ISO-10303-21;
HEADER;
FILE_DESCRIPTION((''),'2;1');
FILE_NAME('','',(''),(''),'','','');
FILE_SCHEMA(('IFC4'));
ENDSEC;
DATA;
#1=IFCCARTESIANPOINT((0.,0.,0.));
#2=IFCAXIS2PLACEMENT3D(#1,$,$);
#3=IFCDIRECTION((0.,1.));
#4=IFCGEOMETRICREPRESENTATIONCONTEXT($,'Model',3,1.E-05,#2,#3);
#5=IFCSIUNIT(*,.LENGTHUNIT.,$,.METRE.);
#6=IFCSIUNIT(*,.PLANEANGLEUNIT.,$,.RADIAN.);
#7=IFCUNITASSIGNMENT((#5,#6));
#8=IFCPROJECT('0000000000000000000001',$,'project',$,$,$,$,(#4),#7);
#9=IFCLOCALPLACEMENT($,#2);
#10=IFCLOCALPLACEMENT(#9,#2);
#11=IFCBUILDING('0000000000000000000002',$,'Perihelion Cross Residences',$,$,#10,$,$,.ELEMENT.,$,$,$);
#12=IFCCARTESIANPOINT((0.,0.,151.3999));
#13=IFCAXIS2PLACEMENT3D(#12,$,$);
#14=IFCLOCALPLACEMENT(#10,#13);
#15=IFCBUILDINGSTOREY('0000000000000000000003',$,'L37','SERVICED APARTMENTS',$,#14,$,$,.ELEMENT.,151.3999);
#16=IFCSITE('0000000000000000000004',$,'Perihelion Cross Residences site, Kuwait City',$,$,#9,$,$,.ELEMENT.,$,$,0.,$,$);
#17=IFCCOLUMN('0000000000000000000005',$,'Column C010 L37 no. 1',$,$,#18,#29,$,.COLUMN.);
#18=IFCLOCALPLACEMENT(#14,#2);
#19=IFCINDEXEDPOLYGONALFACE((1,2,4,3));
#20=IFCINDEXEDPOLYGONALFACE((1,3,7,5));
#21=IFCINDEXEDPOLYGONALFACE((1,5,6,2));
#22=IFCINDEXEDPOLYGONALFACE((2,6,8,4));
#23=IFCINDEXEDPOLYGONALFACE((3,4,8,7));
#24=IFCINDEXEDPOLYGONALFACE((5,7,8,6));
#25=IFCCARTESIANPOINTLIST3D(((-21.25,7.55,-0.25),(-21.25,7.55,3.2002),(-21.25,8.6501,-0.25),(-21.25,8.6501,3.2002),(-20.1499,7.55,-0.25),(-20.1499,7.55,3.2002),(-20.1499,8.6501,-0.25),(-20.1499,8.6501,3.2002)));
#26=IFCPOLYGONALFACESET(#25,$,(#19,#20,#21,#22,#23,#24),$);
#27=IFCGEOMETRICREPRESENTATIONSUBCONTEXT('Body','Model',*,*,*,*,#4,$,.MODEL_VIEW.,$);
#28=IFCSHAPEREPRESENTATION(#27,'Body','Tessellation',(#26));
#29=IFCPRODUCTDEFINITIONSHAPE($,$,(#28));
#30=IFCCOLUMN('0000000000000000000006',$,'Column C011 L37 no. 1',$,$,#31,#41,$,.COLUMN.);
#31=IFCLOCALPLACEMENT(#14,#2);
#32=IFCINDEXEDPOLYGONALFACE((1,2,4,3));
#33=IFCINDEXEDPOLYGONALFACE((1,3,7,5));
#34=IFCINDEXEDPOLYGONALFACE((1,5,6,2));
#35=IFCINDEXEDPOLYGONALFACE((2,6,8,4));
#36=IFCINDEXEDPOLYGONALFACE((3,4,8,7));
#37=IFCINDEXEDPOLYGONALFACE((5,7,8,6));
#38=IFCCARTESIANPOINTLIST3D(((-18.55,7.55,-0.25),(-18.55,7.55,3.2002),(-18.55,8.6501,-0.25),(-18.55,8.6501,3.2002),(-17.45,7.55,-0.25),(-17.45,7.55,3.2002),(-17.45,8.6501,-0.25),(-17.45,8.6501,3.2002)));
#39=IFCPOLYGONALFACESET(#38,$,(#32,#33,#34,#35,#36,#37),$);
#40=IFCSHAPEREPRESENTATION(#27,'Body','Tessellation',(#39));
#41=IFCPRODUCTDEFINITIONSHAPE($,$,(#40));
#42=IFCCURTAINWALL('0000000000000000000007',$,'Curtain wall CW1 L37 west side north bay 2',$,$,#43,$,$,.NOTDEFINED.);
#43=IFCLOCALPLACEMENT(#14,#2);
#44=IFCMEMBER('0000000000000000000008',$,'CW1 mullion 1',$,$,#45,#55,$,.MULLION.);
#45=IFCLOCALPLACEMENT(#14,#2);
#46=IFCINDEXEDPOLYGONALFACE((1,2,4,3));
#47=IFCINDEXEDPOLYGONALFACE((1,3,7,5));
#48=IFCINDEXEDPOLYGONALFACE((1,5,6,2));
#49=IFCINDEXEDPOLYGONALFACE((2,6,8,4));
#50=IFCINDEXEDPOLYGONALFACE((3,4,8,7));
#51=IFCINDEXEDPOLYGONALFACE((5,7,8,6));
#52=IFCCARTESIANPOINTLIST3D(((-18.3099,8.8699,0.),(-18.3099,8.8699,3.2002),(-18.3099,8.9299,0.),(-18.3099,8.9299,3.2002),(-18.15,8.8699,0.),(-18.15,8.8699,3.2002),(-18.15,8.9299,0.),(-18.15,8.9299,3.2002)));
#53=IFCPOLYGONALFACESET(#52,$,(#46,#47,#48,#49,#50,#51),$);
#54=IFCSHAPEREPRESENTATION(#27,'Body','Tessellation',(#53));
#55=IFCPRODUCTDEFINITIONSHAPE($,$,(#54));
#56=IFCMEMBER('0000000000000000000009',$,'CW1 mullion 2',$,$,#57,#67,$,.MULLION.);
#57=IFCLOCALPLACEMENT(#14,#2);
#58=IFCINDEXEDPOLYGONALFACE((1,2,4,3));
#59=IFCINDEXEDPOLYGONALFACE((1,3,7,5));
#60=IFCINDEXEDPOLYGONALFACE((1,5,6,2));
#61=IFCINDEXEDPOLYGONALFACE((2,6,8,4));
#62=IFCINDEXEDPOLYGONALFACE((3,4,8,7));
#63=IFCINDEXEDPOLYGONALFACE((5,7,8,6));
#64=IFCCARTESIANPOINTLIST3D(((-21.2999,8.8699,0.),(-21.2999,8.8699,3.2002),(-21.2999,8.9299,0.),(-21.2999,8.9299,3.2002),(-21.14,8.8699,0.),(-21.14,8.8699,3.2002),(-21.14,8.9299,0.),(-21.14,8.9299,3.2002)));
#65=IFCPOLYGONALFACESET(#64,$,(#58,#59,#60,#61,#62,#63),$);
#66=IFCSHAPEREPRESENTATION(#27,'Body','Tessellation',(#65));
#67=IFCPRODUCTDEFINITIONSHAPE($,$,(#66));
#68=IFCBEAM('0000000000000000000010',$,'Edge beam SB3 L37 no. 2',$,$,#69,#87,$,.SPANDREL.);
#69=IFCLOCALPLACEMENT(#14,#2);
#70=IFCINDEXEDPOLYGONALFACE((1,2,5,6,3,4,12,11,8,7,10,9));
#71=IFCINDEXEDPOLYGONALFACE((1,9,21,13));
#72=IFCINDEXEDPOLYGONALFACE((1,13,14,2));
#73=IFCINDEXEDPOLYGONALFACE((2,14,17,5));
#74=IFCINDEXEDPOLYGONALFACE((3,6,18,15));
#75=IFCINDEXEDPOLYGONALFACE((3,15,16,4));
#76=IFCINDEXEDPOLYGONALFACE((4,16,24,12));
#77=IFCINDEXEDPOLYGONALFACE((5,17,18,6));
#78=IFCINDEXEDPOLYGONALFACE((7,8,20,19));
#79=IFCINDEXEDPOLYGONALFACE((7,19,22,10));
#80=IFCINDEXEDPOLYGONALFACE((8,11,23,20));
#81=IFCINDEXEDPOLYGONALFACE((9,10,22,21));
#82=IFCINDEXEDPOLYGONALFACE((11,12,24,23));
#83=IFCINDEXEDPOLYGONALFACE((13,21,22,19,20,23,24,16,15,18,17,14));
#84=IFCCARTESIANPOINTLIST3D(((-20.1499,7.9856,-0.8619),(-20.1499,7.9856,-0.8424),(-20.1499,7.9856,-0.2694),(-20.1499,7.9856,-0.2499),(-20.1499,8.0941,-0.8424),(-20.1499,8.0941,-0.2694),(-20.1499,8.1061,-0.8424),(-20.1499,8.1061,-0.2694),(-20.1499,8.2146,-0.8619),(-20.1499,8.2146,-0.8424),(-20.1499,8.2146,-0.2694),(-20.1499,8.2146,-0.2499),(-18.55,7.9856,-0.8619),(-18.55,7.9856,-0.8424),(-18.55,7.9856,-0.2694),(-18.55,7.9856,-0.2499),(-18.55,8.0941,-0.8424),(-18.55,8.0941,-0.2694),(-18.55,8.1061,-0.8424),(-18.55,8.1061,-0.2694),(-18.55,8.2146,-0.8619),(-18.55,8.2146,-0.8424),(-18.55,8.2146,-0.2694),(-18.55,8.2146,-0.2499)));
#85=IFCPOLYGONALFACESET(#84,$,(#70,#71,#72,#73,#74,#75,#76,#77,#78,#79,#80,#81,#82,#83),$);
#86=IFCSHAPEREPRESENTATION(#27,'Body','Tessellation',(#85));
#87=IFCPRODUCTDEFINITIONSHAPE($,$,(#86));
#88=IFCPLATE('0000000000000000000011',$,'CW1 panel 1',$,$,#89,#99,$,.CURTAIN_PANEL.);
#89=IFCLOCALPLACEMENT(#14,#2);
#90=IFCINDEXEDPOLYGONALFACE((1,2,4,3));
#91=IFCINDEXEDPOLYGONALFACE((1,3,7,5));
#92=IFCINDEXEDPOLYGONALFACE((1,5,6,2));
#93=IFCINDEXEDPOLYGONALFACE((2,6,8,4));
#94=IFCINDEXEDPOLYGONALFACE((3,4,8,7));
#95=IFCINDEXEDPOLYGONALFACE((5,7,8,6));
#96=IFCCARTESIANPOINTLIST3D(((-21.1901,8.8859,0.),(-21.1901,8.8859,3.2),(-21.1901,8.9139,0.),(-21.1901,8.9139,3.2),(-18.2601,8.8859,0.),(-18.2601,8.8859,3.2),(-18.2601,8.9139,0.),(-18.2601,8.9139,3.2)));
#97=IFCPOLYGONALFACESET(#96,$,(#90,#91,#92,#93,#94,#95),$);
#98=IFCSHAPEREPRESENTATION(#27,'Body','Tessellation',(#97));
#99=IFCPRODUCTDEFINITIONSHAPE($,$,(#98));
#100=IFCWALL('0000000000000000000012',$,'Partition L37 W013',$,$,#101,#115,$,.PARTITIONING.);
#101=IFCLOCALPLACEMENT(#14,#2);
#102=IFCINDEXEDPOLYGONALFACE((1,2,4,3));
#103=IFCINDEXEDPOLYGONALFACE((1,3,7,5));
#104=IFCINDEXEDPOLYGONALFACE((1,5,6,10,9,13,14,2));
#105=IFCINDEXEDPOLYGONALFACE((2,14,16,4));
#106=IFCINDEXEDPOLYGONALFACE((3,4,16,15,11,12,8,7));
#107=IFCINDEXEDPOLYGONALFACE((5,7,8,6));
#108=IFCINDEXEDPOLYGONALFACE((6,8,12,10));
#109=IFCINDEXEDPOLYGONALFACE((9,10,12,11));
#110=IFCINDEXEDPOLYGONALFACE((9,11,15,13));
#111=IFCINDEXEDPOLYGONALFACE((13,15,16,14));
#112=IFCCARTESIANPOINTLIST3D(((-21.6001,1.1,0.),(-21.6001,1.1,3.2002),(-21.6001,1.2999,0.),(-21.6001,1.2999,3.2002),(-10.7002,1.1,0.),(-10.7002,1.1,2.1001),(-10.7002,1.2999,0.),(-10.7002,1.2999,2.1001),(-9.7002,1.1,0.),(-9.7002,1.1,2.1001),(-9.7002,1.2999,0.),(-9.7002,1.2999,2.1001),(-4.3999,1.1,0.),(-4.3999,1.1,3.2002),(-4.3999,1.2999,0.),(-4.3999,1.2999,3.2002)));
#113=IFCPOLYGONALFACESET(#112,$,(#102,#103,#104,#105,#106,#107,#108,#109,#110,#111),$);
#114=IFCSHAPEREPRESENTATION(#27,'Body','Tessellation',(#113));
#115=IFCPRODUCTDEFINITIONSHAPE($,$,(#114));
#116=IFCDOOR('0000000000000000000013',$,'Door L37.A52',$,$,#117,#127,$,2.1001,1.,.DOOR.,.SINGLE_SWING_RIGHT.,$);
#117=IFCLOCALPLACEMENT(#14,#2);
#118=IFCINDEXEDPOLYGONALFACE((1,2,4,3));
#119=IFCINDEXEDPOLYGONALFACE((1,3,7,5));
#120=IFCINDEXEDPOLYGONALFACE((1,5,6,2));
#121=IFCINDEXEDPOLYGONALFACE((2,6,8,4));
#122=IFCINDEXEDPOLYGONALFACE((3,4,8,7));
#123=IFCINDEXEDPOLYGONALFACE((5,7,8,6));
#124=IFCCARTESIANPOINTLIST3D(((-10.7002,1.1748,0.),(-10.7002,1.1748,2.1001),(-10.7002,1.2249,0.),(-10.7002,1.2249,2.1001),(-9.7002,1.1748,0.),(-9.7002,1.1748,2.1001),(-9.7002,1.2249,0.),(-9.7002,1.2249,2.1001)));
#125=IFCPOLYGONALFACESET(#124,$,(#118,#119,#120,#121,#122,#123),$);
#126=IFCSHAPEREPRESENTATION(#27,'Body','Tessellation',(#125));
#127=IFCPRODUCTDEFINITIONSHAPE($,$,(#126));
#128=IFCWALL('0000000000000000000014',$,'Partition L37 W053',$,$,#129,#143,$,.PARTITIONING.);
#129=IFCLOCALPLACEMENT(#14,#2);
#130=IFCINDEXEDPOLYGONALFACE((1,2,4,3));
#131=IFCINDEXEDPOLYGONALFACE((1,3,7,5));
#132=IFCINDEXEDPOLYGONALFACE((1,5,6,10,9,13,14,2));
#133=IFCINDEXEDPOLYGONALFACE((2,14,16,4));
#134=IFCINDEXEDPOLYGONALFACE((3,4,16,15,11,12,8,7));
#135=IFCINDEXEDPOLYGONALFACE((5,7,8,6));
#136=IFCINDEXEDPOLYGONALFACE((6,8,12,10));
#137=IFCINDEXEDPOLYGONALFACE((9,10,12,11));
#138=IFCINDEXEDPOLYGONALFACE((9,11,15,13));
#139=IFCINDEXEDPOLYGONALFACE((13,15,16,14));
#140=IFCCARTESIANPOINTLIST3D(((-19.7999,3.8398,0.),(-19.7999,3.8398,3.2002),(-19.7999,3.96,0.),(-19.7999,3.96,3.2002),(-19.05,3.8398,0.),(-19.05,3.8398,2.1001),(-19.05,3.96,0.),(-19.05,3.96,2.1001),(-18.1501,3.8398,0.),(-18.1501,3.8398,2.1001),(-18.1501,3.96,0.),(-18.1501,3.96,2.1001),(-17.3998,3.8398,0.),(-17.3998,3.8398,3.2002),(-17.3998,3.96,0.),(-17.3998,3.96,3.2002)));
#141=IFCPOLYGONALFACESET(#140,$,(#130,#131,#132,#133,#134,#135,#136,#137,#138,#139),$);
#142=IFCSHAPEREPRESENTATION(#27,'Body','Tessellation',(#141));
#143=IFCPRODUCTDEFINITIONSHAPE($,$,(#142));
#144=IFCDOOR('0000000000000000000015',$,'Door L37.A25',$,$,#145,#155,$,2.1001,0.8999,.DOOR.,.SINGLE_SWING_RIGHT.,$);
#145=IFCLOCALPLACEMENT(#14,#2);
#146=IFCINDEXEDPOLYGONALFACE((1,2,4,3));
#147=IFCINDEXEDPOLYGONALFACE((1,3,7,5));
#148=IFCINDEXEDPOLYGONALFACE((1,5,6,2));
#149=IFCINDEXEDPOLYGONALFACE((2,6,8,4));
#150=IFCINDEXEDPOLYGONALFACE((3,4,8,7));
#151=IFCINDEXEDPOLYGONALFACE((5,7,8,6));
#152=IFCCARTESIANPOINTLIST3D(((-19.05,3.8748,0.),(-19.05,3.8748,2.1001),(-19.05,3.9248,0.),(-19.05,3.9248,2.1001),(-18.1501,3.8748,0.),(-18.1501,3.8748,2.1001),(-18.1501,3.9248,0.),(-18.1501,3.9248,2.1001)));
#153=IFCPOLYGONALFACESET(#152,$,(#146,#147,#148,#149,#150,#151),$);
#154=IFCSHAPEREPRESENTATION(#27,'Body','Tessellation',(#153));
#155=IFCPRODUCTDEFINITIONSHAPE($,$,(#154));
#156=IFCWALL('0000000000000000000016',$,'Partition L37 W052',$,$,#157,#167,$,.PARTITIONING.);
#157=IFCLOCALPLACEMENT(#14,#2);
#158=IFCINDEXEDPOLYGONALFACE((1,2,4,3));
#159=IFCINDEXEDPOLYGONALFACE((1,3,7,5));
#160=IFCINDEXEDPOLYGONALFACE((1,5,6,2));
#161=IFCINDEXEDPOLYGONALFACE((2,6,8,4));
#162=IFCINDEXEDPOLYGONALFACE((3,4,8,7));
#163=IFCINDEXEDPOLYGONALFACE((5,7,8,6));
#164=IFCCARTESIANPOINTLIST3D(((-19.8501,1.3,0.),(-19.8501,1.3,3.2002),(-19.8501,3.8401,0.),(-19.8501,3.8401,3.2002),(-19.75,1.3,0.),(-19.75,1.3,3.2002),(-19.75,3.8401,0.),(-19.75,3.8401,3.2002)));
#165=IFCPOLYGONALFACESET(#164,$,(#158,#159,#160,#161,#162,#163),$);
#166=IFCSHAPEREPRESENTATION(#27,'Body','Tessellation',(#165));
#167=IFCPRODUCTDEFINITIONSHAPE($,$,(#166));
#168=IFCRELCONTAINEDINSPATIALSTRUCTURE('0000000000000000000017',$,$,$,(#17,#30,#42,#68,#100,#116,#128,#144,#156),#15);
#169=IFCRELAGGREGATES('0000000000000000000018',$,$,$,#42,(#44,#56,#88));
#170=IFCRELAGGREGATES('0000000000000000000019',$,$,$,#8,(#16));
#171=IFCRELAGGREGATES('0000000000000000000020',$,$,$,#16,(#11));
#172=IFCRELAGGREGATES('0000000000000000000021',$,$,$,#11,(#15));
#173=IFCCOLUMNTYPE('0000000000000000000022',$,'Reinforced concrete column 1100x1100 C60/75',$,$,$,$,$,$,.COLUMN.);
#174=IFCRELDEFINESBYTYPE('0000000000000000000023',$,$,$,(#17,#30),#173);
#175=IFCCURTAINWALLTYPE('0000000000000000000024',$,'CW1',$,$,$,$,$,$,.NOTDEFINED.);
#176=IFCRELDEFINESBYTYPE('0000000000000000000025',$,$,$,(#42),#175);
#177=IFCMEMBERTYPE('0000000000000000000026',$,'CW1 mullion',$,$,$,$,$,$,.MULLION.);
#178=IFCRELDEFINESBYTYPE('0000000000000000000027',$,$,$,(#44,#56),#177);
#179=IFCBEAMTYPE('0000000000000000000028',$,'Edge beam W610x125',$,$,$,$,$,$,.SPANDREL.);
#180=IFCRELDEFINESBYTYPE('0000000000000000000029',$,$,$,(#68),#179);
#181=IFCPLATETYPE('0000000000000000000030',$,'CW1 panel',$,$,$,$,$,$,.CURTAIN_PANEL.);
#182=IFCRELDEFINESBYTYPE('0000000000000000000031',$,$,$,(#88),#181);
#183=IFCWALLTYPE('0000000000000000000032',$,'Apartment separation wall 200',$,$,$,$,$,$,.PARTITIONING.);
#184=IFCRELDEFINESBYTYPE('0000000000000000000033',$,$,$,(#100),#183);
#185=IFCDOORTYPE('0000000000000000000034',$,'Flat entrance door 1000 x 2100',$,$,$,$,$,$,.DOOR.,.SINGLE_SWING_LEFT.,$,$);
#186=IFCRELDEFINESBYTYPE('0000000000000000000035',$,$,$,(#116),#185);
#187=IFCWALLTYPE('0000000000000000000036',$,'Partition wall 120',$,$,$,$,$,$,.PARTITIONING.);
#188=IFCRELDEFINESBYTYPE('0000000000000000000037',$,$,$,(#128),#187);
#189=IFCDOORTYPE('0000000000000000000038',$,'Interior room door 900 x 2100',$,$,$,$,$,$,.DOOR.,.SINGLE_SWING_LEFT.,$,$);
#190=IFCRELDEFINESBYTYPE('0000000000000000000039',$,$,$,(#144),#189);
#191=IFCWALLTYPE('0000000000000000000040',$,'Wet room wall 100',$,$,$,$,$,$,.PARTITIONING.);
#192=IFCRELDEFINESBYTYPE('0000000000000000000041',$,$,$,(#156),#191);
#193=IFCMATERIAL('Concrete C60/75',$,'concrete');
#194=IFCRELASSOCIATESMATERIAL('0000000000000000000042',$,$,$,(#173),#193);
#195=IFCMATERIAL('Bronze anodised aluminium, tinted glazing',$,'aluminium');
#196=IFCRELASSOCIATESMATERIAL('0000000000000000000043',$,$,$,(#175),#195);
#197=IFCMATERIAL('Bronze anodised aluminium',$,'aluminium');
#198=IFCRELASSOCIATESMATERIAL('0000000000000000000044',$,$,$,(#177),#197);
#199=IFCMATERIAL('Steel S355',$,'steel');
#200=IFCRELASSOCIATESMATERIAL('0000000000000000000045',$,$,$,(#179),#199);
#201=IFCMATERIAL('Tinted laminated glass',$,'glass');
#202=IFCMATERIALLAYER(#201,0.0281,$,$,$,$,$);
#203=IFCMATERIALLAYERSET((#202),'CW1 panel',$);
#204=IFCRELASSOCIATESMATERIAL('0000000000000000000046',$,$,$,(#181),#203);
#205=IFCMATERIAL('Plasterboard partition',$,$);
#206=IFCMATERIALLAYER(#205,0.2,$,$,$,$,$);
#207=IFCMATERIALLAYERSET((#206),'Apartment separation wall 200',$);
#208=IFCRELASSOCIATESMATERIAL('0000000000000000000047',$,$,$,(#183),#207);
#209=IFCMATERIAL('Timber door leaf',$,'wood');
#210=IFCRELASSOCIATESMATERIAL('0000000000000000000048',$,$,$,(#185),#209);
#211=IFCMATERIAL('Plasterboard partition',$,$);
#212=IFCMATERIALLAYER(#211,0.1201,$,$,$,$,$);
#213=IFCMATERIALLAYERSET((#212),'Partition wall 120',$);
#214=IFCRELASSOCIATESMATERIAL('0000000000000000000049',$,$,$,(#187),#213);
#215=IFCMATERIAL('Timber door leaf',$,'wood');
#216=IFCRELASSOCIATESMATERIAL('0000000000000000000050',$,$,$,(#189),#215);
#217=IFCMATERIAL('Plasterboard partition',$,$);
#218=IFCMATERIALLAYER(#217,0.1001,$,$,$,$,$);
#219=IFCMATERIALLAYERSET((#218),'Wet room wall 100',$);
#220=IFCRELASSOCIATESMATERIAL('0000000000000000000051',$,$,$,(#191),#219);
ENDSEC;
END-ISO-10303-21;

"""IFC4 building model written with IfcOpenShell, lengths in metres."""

from ifc_helpers import new_model, si_unit, direction, frame, frame_2d, origin, origin_2d, place, context, subcontext, project, spatial, rectangle, i_section, extrude, material, layer, layer_set, material_profile, profile_set, type_object, element, fill, aggregate, save


model = new_model("IFC4")

# Units and contexts
model_context = context("Model", 3, precision=1e-05, world=origin(), true_north=direction((0.0, 1.0)))
body_context = subcontext(model_context, "Body", "Model", "MODEL_VIEW")
ifc_project = project(units=[si_unit("LENGTHUNIT", "METRE"), si_unit("PLANEANGLEUNIT", "RADIAN")], contexts=[model_context])

# Site, building, storey
site_placement = place(None, origin())
site = spatial("IfcSite", under=ifc_project, at=site_placement, Name="Perihelion Cross Residences site, Kuwait City", CompositionType="ELEMENT", RefElevation=0.0)
building_placement = place(site_placement, origin())
building = spatial("IfcBuilding", under=site, at=building_placement, Name="Perihelion Cross Residences", CompositionType="ELEMENT")
storey_placement = place(building_placement, frame((0.0, 0.0, 151.3999)))
storey = spatial("IfcBuildingStorey", under=building, at=storey_placement, Name="L37", Description="SERVICED APARTMENTS", CompositionType="ELEMENT", Elevation=151.3999)

# Columns
ifc_material_1 = material(Name="Concrete C60/75", Category="concrete")
ifc_material_profile_1 = material_profile(ifc_material_1, rectangle(XDim=1.1001, YDim=1.1001, at=origin_2d()), Name="RC 1100x1100")
ifc_profile_set_1 = profile_set([ifc_material_profile_1], Name="Concrete C60/75")
column_type = type_object("IfcColumnType", Name="Reinforced concrete column 1100x1100 C60/75", PredefinedType="COLUMN", material=ifc_profile_set_1)
for number, where, z_axis, x_axis, name in (
    (1, (-20.7, 8.1001, -0.25), (0.0, 0.0, 1.0), (1.0, 0.0, 0.0), "Column C010 L37 no. 1"),
    (2, (-18.0, 8.1001, -0.25), (0.0, 0.0, 1.0), (1.0, 0.0, 0.0), "Column C011 L37 no. 1"),
):
    element("IfcColumn", number, at=place(storey_placement, frame(where, z_axis=z_axis, x_axis=x_axis)), inside=storey, type_object=column_type, Name=name, PredefinedType="COLUMN", context=body_context, shape_type="SweptSolid", body=[
        extrude(rectangle(XDim=1.1001, YDim=1.1001, at=origin_2d()), origin(), (0.0, 0.0, 1.0), 3.4502),
    ])

# Curtain wall, members
ifc_material_2 = material(Name="Bronze anodised aluminium, tinted glazing", Category="aluminium")
curtain_wall_type = type_object("IfcCurtainWallType", Name="CW1", PredefinedType="NOTDEFINED", material=ifc_material_2)
curtain_wall_placement = place(storey_placement, origin())
curtain_wall = element("IfcCurtainWall", 3, at=curtain_wall_placement, inside=storey, type_object=curtain_wall_type, Name="Curtain wall CW1 L37 west side north bay 2", PredefinedType="NOTDEFINED")
ifc_material_3 = material(Name="Bronze anodised aluminium", Category="aluminium")
ifc_material_profile_2 = material_profile(ifc_material_3, rectangle(XDim=0.0601, YDim=0.1599, at=origin_2d()), Name="CW1 mullion")
ifc_profile_set_2 = profile_set([ifc_material_profile_2], Name="Bronze anodised aluminium")
member_type = type_object("IfcMemberType", Name="CW1 mullion", PredefinedType="MULLION", material=ifc_profile_set_2)
member_1_placement = place(storey_placement, frame((-18.23, 8.8999, 0.0), z_axis=(0.0, 0.0, 1.0), x_axis=(0.0, -1.0, 0.0)))
member_1 = element("IfcMember", 4, at=member_1_placement, type_object=member_type, Name="CW1 mullion 1", PredefinedType="MULLION", context=body_context, shape_type="SweptSolid", body=[
    extrude(rectangle(XDim=0.0601, YDim=0.1599, at=origin_2d()), origin(), (0.0, 0.0, 1.0), 3.2002),
])
member_2_placement = place(storey_placement, frame((-21.22, 8.8999, 0.0), z_axis=(0.0, 0.0, 1.0), x_axis=(0.0, -1.0, 0.0)))
member_2 = element("IfcMember", 5, at=member_2_placement, type_object=member_type, Name="CW1 mullion 2", PredefinedType="MULLION", context=body_context, shape_type="SweptSolid", body=[
    extrude(rectangle(XDim=0.0601, YDim=0.1599, at=origin_2d()), origin(), (0.0, 0.0, 1.0), 3.2002),
])

# Beam
ifc_material_4 = material(Name="Steel S355", Category="steel")
ifc_material_profile_3 = material_profile(ifc_material_4, i_section(OverallWidth=0.229, OverallDepth=0.6121, WebThickness=0.012, FlangeThickness=0.0195, at=origin_2d()), Name="W610x125")
ifc_profile_set_3 = profile_set([ifc_material_profile_3], Name="Steel S355")
beam_type = type_object("IfcBeamType", Name="Edge beam W610x125", PredefinedType="SPANDREL", material=ifc_profile_set_3)
beam_placement = place(storey_placement, frame((-18.55, 8.1001, -0.5559), z_axis=(-1.0, 0.0, 0.0), x_axis=(0.0, -1.0, 0.0)))
element("IfcBeam", 6, at=beam_placement, inside=storey, type_object=beam_type, Name="Edge beam SB3 L37 no. 2", PredefinedType="SPANDREL", context=body_context, shape_type="SweptSolid", body=[
    extrude(i_section(OverallWidth=0.229, OverallDepth=0.6121, WebThickness=0.012, FlangeThickness=0.0195, at=origin_2d()), origin(), (0.0, 0.0, 1.0), 1.5999),
])

# Plate
ifc_material_5 = material(Name="Tinted laminated glass", Category="glass")
ifc_layer_1 = layer(ifc_material_5, 0.0281)
ifc_layer_set_1 = layer_set([ifc_layer_1], Name="CW1 panel")
plate_type = type_object("IfcPlateType", Name="CW1 panel", PredefinedType="CURTAIN_PANEL", material=ifc_layer_set_1)
plate_placement = place(storey_placement, frame((-19.7251, 8.8999, 0.0), z_axis=(0.0, 0.0, 1.0), x_axis=(-1.0, 0.0, 0.0)))
plate = element("IfcPlate", 7, at=plate_placement, type_object=plate_type, Name="CW1 panel 1", PredefinedType="CURTAIN_PANEL", context=body_context, shape_type="SweptSolid", body=[
    extrude(rectangle(XDim=2.9299, YDim=0.0281, at=origin_2d()), origin(), (0.0, 0.0, 1.0), 3.2),
])
aggregate(curtain_wall, [member_1, member_2, plate])

# Walls, openings, doors
ifc_material_6 = material(Name="Plasterboard partition")
ifc_layer_2 = layer(ifc_material_6, 0.2)
ifc_layer_set_2 = layer_set([ifc_layer_2], Name="Apartment separation wall 200")
wall_type_1 = type_object("IfcWallType", Name="Apartment separation wall 200", PredefinedType="PARTITIONING", material=ifc_layer_set_2)
wall_1_placement = place(storey_placement, frame((-21.6001, 1.2, 0.0), z_axis=(0.0, 0.0, 1.0), x_axis=(1.0, 0.0, 0.0)))
wall_1 = element("IfcWall", 8, at=wall_1_placement, inside=storey, type_object=wall_type_1, Name="Partition L37 W013", PredefinedType="PARTITIONING", context=body_context, shape_type="SweptSolid", body=[
    extrude(rectangle(XDim=17.2002, YDim=0.2, at=frame_2d((8.6001, 0.0))), origin(), (0.0, 0.0, 1.0), 3.2002),
])
opening_1_placement = place(wall_1_placement, frame((10.8999, 0.0, 0.0)))
opening_1 = element("IfcOpeningElement", 9, at=opening_1_placement, cuts=wall_1, PredefinedType="OPENING", context=body_context, shape_type="SweptSolid", body=[
    extrude(rectangle(XDim=1.0, YDim=2.1001, at=frame_2d((0.5, 1.05))), frame((0.0, 0.1099, 0.0), z_axis=(0.0, -1.0, 0.0), x_axis=(1.0, 0.0, 0.0)), (0.0, 0.0, 1.0), 0.22),
])
ifc_material_7 = material(Name="Timber door leaf", Category="wood")
door_type_1 = type_object("IfcDoorType", Name="Flat entrance door 1000 x 2100", OperationType="SINGLE_SWING_LEFT", PredefinedType="DOOR", material=ifc_material_7)
door_1_placement = place(opening_1_placement, origin())
door_1 = element("IfcDoor", 10, at=door_1_placement, inside=storey, type_object=door_type_1, Name="Door L37.A52", OperationType="SINGLE_SWING_RIGHT", OverallHeight=2.1001, OverallWidth=1.0, PredefinedType="DOOR", context=body_context, shape_type="SweptSolid", body=[
    extrude(rectangle(XDim=1.0, YDim=2.1001, at=frame_2d((0.5, 1.05))), frame((0.0, 0.0249, 0.0), z_axis=(0.0, -1.0, 0.0), x_axis=(1.0, 0.0, 0.0)), (0.0, 0.0, 1.0), 0.05),
])
fill(opening_1, door_1)
ifc_material_8 = material(Name="Plasterboard partition")
ifc_layer_3 = layer(ifc_material_8, 0.1201)
ifc_layer_set_3 = layer_set([ifc_layer_3], Name="Partition wall 120")
wall_type_2 = type_object("IfcWallType", Name="Partition wall 120", PredefinedType="PARTITIONING", material=ifc_layer_set_3)
wall_2_placement = place(storey_placement, frame((-19.8, 3.8999, 0.0), z_axis=(0.0, 0.0, 1.0), x_axis=(1.0, 0.0, 0.0)))
wall_2 = element("IfcWall", 11, at=wall_2_placement, inside=storey, type_object=wall_type_2, Name="Partition L37 W053", PredefinedType="PARTITIONING", context=body_context, shape_type="SweptSolid", body=[
    extrude(rectangle(XDim=2.4001, YDim=0.1201, at=frame_2d((1.2002, 0.0))), origin(), (0.0, 0.0, 1.0), 3.2002),
])
opening_2_placement = place(wall_2_placement, frame((0.75, 0.0, 0.0)))
opening_2 = element("IfcOpeningElement", 12, at=opening_2_placement, cuts=wall_2, PredefinedType="OPENING", context=body_context, shape_type="SweptSolid", body=[
    extrude(rectangle(XDim=0.8999, YDim=2.1001, at=frame_2d((0.45, 1.05))), frame((0.0, 0.0701, 0.0), z_axis=(0.0, -1.0, 0.0), x_axis=(1.0, 0.0, 0.0)), (0.0, 0.0, 1.0), 0.1401),
])
ifc_material_9 = material(Name="Timber door leaf", Category="wood")
door_type_2 = type_object("IfcDoorType", Name="Interior room door 900 x 2100", OperationType="SINGLE_SWING_LEFT", PredefinedType="DOOR", material=ifc_material_9)
door_2_placement = place(opening_2_placement, origin())
door_2 = element("IfcDoor", 13, at=door_2_placement, inside=storey, type_object=door_type_2, Name="Door L37.A25", OperationType="SINGLE_SWING_RIGHT", OverallHeight=2.1001, OverallWidth=0.8999, PredefinedType="DOOR", context=body_context, shape_type="SweptSolid", body=[
    extrude(rectangle(XDim=0.8999, YDim=2.1001, at=frame_2d((0.45, 1.05))), frame((0.0, 0.0249, 0.0), z_axis=(0.0, -1.0, 0.0), x_axis=(1.0, 0.0, 0.0)), (0.0, 0.0, 1.0), 0.05),
])
fill(opening_2, door_2)

# Wall
ifc_material_10 = material(Name="Plasterboard partition")
ifc_layer_4 = layer(ifc_material_10, 0.1001)
ifc_layer_set_4 = layer_set([ifc_layer_4], Name="Wet room wall 100")
wall_type_3 = type_object("IfcWallType", Name="Wet room wall 100", PredefinedType="PARTITIONING", material=ifc_layer_set_4)
wall_3_placement = place(storey_placement, frame((-19.8, 1.3, 0.0), z_axis=(0.0, 0.0, 1.0), x_axis=(0.0, 1.0, 0.0)))
element("IfcWall", 14, at=wall_3_placement, inside=storey, type_object=wall_type_3, Name="Partition L37 W052", PredefinedType="PARTITIONING", context=body_context, shape_type="SweptSolid", body=[
    extrude(rectangle(XDim=2.54, YDim=0.1001, at=frame_2d((1.27, 0.0))), origin(), (0.0, 0.0, 1.0), 3.2002),
])

save(model, "model.ifc")
